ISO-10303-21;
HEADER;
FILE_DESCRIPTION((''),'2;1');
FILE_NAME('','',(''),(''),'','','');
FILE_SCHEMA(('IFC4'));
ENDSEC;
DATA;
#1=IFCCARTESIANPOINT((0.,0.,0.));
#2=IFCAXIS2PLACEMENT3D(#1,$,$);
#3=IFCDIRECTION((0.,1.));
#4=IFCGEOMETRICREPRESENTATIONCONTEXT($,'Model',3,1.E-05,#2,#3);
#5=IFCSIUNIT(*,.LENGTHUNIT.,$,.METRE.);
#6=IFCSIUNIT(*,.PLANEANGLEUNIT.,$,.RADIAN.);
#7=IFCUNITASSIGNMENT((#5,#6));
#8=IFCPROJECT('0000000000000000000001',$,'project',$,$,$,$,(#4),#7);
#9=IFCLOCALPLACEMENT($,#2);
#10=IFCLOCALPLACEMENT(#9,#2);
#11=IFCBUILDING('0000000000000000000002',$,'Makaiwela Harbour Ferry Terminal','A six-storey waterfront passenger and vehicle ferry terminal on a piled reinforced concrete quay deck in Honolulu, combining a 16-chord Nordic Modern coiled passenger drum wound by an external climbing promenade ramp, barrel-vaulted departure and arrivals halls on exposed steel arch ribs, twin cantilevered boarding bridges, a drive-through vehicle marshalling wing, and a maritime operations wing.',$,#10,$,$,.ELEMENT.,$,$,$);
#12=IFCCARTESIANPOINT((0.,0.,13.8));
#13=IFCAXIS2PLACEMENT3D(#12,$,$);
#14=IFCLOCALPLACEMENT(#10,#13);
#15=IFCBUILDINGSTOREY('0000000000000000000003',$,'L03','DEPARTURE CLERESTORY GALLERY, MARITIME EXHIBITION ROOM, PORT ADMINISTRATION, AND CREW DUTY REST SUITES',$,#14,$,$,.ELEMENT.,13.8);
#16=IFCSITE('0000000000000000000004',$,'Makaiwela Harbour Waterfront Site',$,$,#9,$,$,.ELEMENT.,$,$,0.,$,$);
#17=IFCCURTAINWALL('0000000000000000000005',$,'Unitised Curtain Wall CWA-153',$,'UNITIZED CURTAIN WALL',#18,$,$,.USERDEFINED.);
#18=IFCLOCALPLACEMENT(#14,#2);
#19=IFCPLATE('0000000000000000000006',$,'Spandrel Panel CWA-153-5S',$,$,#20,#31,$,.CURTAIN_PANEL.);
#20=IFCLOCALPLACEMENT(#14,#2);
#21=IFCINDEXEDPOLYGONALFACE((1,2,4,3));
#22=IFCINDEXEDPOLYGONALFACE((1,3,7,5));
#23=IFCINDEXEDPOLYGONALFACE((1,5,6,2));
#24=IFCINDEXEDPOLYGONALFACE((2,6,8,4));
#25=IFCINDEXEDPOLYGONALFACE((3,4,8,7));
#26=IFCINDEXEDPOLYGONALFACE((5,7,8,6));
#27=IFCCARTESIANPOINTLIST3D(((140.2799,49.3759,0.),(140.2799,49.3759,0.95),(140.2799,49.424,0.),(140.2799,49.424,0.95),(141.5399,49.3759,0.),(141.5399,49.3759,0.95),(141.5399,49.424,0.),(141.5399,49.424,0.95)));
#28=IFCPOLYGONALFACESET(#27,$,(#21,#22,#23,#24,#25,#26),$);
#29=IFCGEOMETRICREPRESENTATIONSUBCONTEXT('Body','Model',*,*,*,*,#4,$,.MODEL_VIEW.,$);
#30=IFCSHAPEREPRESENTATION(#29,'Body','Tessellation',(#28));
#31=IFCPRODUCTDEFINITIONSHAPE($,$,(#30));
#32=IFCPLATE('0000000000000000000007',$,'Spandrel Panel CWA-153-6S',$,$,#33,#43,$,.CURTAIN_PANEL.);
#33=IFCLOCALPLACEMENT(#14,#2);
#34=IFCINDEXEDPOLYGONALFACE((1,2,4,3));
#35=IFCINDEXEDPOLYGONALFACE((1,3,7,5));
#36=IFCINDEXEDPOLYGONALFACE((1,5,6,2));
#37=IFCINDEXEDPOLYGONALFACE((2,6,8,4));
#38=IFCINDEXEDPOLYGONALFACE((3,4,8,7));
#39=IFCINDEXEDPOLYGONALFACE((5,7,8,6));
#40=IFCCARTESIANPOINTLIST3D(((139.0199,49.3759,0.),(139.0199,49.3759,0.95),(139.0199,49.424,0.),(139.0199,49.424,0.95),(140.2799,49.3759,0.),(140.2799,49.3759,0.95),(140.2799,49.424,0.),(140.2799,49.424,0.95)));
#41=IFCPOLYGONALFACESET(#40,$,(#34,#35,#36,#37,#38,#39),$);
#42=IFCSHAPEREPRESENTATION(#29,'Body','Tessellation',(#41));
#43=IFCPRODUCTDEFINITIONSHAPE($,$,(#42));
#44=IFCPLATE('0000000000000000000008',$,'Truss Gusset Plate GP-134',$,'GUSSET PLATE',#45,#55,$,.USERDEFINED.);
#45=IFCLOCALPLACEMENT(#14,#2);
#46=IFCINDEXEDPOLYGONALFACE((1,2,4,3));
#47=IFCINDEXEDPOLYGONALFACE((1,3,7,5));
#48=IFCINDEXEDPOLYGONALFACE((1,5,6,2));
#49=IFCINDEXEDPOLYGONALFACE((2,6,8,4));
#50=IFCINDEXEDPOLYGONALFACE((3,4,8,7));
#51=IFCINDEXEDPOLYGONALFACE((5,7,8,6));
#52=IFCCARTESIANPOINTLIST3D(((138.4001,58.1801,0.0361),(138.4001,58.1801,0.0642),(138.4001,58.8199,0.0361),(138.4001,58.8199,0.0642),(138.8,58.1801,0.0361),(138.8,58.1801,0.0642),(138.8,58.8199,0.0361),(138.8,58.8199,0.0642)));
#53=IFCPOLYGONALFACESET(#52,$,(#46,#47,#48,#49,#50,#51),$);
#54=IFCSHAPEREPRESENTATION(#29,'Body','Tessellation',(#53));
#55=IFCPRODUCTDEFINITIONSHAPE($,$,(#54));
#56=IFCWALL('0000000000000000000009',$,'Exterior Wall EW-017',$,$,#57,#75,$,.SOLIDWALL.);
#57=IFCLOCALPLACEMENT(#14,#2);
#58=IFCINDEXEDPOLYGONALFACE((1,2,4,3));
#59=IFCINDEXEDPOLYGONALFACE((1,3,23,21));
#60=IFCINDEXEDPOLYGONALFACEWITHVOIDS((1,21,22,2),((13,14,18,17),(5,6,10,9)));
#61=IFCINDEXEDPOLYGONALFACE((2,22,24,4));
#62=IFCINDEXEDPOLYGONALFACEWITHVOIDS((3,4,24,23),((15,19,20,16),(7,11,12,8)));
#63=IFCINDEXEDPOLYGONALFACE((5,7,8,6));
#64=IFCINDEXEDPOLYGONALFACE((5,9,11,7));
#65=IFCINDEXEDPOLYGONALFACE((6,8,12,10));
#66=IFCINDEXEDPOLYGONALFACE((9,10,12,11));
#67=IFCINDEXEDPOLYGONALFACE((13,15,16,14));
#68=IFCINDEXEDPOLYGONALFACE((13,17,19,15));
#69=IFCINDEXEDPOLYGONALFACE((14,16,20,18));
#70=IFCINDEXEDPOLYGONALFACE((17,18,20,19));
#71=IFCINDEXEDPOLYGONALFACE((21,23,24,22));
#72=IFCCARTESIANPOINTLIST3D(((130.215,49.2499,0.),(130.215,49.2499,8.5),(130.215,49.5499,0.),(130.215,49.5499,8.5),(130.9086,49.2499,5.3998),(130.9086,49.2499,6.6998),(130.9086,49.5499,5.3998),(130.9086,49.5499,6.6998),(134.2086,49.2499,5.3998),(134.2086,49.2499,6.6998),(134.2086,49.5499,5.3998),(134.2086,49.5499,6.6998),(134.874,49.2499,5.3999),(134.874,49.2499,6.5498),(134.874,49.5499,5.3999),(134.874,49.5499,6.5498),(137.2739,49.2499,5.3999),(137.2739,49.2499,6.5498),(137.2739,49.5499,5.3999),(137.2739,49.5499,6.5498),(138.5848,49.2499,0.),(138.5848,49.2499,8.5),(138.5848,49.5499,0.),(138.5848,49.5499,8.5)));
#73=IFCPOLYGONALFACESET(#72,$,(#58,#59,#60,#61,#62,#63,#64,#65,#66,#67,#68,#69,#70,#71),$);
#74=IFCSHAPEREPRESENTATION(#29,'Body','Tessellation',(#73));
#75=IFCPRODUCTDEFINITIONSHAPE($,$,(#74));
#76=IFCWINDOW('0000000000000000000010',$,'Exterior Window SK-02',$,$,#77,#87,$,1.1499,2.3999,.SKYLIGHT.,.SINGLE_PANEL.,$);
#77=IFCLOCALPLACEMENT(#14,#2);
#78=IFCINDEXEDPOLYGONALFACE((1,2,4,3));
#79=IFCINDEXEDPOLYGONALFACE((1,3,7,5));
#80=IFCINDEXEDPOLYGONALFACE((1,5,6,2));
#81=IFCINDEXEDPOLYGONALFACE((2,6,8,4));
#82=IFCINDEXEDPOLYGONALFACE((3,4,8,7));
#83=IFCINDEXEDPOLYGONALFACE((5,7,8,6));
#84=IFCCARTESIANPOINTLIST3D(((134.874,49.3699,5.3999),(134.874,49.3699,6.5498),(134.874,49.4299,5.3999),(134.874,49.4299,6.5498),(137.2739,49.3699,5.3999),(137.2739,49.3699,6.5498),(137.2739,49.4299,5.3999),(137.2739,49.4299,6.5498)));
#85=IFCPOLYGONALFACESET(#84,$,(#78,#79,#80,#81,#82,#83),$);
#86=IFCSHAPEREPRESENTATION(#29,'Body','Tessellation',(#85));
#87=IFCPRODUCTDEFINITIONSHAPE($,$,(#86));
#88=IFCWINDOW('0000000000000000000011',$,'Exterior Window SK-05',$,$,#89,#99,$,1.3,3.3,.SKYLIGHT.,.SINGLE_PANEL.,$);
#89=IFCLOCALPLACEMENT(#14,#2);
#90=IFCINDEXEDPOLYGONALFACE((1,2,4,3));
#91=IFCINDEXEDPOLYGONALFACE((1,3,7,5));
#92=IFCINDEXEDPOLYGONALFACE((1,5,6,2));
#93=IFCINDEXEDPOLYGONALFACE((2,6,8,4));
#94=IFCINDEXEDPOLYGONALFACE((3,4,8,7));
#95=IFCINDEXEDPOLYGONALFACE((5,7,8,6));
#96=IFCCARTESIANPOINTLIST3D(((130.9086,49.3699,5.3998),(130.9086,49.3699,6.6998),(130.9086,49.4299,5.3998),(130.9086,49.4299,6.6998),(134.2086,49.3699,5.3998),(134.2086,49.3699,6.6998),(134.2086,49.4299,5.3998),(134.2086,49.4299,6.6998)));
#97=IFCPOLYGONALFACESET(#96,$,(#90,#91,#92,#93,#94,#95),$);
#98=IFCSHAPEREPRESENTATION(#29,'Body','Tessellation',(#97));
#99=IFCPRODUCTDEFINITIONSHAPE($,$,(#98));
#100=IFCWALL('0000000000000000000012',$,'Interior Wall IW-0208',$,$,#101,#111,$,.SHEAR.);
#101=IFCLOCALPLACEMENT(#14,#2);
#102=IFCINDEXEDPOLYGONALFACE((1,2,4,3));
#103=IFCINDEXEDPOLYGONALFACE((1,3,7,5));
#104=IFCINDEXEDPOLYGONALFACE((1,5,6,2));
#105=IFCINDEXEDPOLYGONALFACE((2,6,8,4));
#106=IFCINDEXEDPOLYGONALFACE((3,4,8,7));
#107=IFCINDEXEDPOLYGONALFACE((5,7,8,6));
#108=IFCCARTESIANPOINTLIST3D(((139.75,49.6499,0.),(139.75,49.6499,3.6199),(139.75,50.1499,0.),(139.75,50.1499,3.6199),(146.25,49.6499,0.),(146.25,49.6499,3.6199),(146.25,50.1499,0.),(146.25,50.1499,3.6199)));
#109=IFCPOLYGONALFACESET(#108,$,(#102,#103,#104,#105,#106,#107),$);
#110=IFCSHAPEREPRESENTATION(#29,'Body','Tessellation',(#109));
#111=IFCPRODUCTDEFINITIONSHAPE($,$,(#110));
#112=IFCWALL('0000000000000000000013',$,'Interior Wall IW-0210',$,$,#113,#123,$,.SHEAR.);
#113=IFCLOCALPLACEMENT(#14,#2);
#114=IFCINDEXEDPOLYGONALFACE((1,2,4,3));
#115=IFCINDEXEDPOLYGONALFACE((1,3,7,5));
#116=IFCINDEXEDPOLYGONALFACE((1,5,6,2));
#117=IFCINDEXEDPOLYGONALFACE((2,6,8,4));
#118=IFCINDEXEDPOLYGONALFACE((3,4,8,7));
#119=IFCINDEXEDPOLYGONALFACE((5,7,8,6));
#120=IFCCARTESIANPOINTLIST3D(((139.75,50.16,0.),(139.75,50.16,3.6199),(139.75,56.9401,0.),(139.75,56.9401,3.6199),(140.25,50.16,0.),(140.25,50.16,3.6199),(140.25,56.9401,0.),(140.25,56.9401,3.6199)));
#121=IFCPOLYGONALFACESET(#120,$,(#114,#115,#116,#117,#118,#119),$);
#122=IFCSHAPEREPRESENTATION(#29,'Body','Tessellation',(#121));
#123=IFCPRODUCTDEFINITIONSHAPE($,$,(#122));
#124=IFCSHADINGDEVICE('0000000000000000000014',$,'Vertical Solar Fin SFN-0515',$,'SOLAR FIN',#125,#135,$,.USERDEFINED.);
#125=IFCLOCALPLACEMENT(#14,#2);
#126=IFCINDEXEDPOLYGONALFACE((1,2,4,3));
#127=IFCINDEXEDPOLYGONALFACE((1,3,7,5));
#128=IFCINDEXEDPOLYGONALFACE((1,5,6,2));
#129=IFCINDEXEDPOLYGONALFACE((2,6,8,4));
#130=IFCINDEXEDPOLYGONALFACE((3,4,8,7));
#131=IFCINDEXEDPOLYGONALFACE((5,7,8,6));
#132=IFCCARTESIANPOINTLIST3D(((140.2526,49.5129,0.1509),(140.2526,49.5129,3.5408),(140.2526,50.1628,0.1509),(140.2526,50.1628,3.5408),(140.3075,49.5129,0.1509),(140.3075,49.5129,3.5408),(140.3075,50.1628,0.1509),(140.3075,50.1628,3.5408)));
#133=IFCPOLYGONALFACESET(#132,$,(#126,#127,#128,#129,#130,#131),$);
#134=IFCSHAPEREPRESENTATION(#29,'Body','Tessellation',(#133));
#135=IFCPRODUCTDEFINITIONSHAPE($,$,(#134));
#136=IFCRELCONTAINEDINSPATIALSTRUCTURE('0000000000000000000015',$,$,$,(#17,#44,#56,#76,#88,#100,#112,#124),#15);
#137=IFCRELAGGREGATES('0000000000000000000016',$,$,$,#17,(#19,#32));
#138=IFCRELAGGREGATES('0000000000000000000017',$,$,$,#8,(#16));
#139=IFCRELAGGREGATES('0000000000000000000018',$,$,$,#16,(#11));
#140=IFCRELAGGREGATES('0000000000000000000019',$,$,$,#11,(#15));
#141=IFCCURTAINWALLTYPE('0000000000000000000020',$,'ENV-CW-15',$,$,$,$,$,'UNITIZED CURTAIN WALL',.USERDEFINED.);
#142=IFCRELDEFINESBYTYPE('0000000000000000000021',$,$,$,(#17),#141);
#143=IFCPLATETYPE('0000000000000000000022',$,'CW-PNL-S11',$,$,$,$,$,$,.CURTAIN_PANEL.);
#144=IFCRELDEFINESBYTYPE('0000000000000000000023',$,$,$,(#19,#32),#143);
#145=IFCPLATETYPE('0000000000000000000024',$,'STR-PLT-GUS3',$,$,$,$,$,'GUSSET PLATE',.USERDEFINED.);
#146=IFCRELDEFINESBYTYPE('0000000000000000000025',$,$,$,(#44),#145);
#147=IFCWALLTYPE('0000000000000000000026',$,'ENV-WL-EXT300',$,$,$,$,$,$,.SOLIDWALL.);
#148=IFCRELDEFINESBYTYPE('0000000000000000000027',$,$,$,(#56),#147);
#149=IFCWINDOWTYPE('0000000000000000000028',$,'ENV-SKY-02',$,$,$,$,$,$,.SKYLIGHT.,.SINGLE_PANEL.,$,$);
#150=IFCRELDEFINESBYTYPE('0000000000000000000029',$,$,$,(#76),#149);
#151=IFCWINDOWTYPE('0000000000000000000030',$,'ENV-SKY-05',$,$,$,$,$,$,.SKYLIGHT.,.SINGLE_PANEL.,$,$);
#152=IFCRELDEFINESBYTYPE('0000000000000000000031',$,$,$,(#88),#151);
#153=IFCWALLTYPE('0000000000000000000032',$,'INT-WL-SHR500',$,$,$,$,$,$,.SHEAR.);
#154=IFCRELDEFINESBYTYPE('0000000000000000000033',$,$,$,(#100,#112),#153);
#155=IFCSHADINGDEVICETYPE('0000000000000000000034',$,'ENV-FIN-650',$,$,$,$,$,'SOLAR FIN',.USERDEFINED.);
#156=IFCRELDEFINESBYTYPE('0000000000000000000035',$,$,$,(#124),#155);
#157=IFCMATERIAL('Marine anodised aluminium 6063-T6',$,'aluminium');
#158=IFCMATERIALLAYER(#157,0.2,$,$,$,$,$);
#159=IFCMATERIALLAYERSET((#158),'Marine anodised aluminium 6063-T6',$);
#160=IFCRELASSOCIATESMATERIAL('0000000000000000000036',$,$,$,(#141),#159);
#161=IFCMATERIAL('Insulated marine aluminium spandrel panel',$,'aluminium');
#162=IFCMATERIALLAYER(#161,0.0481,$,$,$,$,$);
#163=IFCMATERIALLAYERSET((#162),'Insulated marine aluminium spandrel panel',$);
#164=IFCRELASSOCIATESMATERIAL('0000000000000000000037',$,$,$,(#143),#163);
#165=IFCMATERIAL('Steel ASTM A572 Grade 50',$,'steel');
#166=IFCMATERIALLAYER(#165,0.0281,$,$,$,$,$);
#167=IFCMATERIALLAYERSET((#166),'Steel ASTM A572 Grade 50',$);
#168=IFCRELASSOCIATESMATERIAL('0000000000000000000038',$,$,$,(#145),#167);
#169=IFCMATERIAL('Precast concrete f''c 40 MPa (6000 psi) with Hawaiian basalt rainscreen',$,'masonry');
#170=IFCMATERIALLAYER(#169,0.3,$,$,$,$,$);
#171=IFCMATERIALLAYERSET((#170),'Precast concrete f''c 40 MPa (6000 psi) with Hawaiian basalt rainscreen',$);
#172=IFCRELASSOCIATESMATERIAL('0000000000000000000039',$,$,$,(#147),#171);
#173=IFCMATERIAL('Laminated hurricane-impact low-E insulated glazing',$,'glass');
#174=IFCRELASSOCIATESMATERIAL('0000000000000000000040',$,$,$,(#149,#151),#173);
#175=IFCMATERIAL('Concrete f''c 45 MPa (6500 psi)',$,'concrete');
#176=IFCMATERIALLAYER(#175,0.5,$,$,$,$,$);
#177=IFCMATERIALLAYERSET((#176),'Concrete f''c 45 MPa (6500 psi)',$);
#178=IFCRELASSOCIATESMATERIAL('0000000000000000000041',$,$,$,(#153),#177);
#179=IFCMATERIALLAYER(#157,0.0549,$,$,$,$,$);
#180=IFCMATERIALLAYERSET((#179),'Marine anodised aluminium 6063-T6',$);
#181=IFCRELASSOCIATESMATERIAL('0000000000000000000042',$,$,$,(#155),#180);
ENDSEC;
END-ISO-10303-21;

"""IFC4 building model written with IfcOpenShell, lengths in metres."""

from ifc_helpers import new_model, si_unit, direction, frame, frame_2d, origin, origin_2d, place, context, subcontext, project, spatial, rectangle, extrude, material, layer, layer_set, type_object, element, fill, aggregate, save


model = new_model("IFC4")

# Units and contexts
model_context = context("Model", 3, precision=1e-05, world=origin(), true_north=direction((0.0, 1.0)))
body_context = subcontext(model_context, "Body", "Model", "MODEL_VIEW")
ifc_project = project(units=[si_unit("LENGTHUNIT", "METRE"), si_unit("PLANEANGLEUNIT", "RADIAN")], contexts=[model_context])

# Site, building, storey
site_placement = place(None, origin())
site = spatial("IfcSite", under=ifc_project, at=site_placement, Name="Makaiwela Harbour Waterfront Site", CompositionType="ELEMENT", RefElevation=0.0)
building_placement = place(site_placement, origin())
building = spatial("IfcBuilding", under=site, at=building_placement, Name="Makaiwela Harbour Ferry Terminal", Description="A six-storey waterfront passenger and vehicle ferry terminal on a piled reinforced concrete quay deck in Honolulu, combining a 16-chord Nordic Modern coiled passenger drum wound by an external climbing promenade ramp, barrel-vaulted departure and arrivals halls on exposed steel arch ribs, twin cantilevered boarding bridges, a drive-through vehicle marshalling wing, and a maritime operations wing.", CompositionType="ELEMENT")
storey_placement = place(building_placement, frame((0.0, 0.0, 13.8)))
storey = spatial("IfcBuildingStorey", under=building, at=storey_placement, Name="L03", Description="DEPARTURE CLERESTORY GALLERY, MARITIME EXHIBITION ROOM, PORT ADMINISTRATION, AND CREW DUTY REST SUITES", CompositionType="ELEMENT", Elevation=13.8)

# Curtain wall
ifc_material_1 = material(Name="Marine anodised aluminium 6063-T6", Category="aluminium")
ifc_layer_1 = layer(ifc_material_1, 0.2)
ifc_layer_set_1 = layer_set([ifc_layer_1], Name="Marine anodised aluminium 6063-T6")
curtain_wall_type = type_object("IfcCurtainWallType", Name="ENV-CW-15", ElementType="UNITIZED CURTAIN WALL", PredefinedType="USERDEFINED", material=ifc_layer_set_1)
curtain_wall_placement = place(storey_placement, origin())
curtain_wall = element("IfcCurtainWall", 1, at=curtain_wall_placement, inside=storey, type_object=curtain_wall_type, Name="Unitised Curtain Wall CWA-153", ObjectType="UNITIZED CURTAIN WALL", PredefinedType="USERDEFINED")

# Plates
ifc_material_2 = material(Name="Laminated hurricane-impact low-E insulated glazing", Category="glass")
ifc_material_3 = material(Name="Insulated marine aluminium spandrel panel", Category="aluminium")
ifc_layer_2 = layer(ifc_material_3, 0.0481)
ifc_layer_set_2 = layer_set([ifc_layer_2], Name="Insulated marine aluminium spandrel panel")
plate_type_1 = type_object("IfcPlateType", Name="CW-PNL-S11", PredefinedType="CURTAIN_PANEL", material=ifc_layer_set_2)
plate_1_placement = place(storey_placement, frame((140.9099, 49.3999, 0.0), z_axis=(0.0, 0.0, 1.0), x_axis=(-1.0, 0.0, 0.0)))
plate_1 = element("IfcPlate", 2, at=plate_1_placement, type_object=plate_type_1, Name="Spandrel Panel CWA-153-5S", PredefinedType="CURTAIN_PANEL", context=body_context, shape_type="SweptSolid", body=[
    extrude(rectangle(XDim=1.26, YDim=0.0481, at=origin_2d()), origin(), (0.0, 0.0, 1.0), 0.95),
])
plate_2_placement = place(storey_placement, frame((139.6499, 49.3999, 0.0), z_axis=(0.0, 0.0, 1.0), x_axis=(-1.0, 0.0, 0.0)))
plate_2 = element("IfcPlate", 3, at=plate_2_placement, type_object=plate_type_1, Name="Spandrel Panel CWA-153-6S", PredefinedType="CURTAIN_PANEL", context=body_context, shape_type="SweptSolid", body=[
    extrude(rectangle(XDim=1.26, YDim=0.0481, at=origin_2d()), origin(), (0.0, 0.0, 1.0), 0.95),
])
aggregate(curtain_wall, [plate_1, plate_2])
ifc_material_4 = material(Name="Steel ASTM A572 Grade 50", Category="steel")
ifc_layer_3 = layer(ifc_material_4, 0.0281)
ifc_layer_set_3 = layer_set([ifc_layer_3], Name="Steel ASTM A572 Grade 50")
plate_type_2 = type_object("IfcPlateType", Name="STR-PLT-GUS3", ElementType="GUSSET PLATE", PredefinedType="USERDEFINED", material=ifc_layer_set_3)
plate_3_placement = place(storey_placement, frame((138.6001, 58.5, 0.0361), z_axis=(0.0, 0.0, 1.0), x_axis=(0.0, 1.0, 0.0)))
element("IfcPlate", 4, at=plate_3_placement, inside=storey, type_object=plate_type_2, Name="Truss Gusset Plate GP-134", ObjectType="GUSSET PLATE", PredefinedType="USERDEFINED", context=body_context, shape_type="SweptSolid", body=[
    extrude(rectangle(XDim=0.6399, YDim=0.3999, at=origin_2d()), origin(), (0.0, 0.0, 1.0), 0.0281),
])

# Wall, openings, windows
ifc_material_5 = material(Name="Precast concrete f'c 40 MPa (6000 psi) with Hawaiian basalt rainscreen", Category="masonry")
ifc_layer_4 = layer(ifc_material_5, 0.3)
ifc_layer_set_4 = layer_set([ifc_layer_4], Name="Precast concrete f'c 40 MPa (6000 psi) with Hawaiian basalt rainscreen")
wall_type_1 = type_object("IfcWallType", Name="ENV-WL-EXT300", PredefinedType="SOLIDWALL", material=ifc_layer_set_4)
wall_1_placement = place(storey_placement, frame((138.585, 49.3999, 0.0), z_axis=(0.0, 0.0, 1.0), x_axis=(-1.0, 0.0, 0.0)))
wall_1 = element("IfcWall", 5, at=wall_1_placement, inside=storey, type_object=wall_type_1, Name="Exterior Wall EW-017", PredefinedType="SOLIDWALL", context=body_context, shape_type="SweptSolid", body=[
    extrude(rectangle(XDim=8.3699, YDim=0.3, at=frame_2d((4.1851, 0.0))), origin(), (0.0, 0.0, 1.0), 8.5),
])
opening_1_placement = place(wall_1_placement, frame((1.311, 0.0, 5.3999)))
opening_1 = element("IfcOpeningElement", 6, at=opening_1_placement, cuts=wall_1, PredefinedType="OPENING", context=body_context, shape_type="SweptSolid", body=[
    extrude(rectangle(XDim=2.3999, YDim=1.1499, at=frame_2d((1.2, 0.575))), frame((0.0, 0.1599, 0.0), z_axis=(0.0, -1.0, 0.0), x_axis=(1.0, 0.0, 0.0)), (0.0, 0.0, 1.0), 0.3201),
])
opening_2_placement = place(wall_1_placement, frame((4.3765, 0.0, 5.3999)))
opening_2 = element("IfcOpeningElement", 7, at=opening_2_placement, cuts=wall_1, PredefinedType="OPENING", context=body_context, shape_type="SweptSolid", body=[
    extrude(rectangle(XDim=3.3, YDim=1.3, at=frame_2d((1.6499, 0.6499))), frame((0.0, 0.1599, 0.0), z_axis=(0.0, -1.0, 0.0), x_axis=(1.0, 0.0, 0.0)), (0.0, 0.0, 1.0), 0.3201),
])
window_type_1 = type_object("IfcWindowType", Name="ENV-SKY-02", PartitioningType="SINGLE_PANEL", PredefinedType="SKYLIGHT", material=ifc_material_2)
window_1_placement = place(opening_1_placement, origin())
window_1 = element("IfcWindow", 8, at=window_1_placement, inside=storey, type_object=window_type_1, Name="Exterior Window SK-02", OverallHeight=1.1499, OverallWidth=2.3999, PartitioningType="SINGLE_PANEL", PredefinedType="SKYLIGHT", context=body_context, shape_type="SweptSolid", body=[
    extrude(rectangle(XDim=2.3999, YDim=1.1499, at=frame_2d((1.2, 0.575))), frame((0.0, 0.03, 0.0), z_axis=(0.0, -1.0, 0.0), x_axis=(1.0, 0.0, 0.0)), (0.0, 0.0, 1.0), 0.0601),
])
fill(opening_1, window_1)
window_type_2 = type_object("IfcWindowType", Name="ENV-SKY-05", PartitioningType="SINGLE_PANEL", PredefinedType="SKYLIGHT", material=ifc_material_2)
window_2_placement = place(opening_2_placement, origin())
window_2 = element("IfcWindow", 9, at=window_2_placement, inside=storey, type_object=window_type_2, Name="Exterior Window SK-05", OverallHeight=1.3, OverallWidth=3.3, PartitioningType="SINGLE_PANEL", PredefinedType="SKYLIGHT", context=body_context, shape_type="SweptSolid", body=[
    extrude(rectangle(XDim=3.3, YDim=1.3, at=frame_2d((1.6499, 0.6499))), frame((0.0, 0.03, 0.0), z_axis=(0.0, -1.0, 0.0), x_axis=(1.0, 0.0, 0.0)), (0.0, 0.0, 1.0), 0.0601),
])
fill(opening_2, window_2)

# Wall
ifc_material_6 = material(Name="Concrete f'c 45 MPa (6500 psi)", Category="concrete")
ifc_layer_5 = layer(ifc_material_6, 0.5)
ifc_layer_set_5 = layer_set([ifc_layer_5], Name="Concrete f'c 45 MPa (6500 psi)")
wall_type_2 = type_object("IfcWallType", Name="INT-WL-SHR500", PredefinedType="SHEAR", material=ifc_layer_set_5)
wall_2_placement = place(storey_placement, frame((139.75, 49.8999, 0.0), z_axis=(0.0, 0.0, 1.0), x_axis=(1.0, 0.0, 0.0)))
element("IfcWall", 10, at=wall_2_placement, inside=storey, type_object=wall_type_2, Name="Interior Wall IW-0208", PredefinedType="SHEAR", context=body_context, shape_type="SweptSolid", body=[
    extrude(rectangle(XDim=6.5, YDim=0.5, at=frame_2d((3.25, 0.0))), origin(), (0.0, 0.0, 1.0), 3.6199),
])

# Wall
wall_3_placement = place(storey_placement, frame((140.0, 50.1599, 0.0), z_axis=(0.0, 0.0, 1.0), x_axis=(0.0, 1.0, 0.0)))
element("IfcWall", 11, at=wall_3_placement, inside=storey, type_object=wall_type_2, Name="Interior Wall IW-0210", PredefinedType="SHEAR", context=body_context, shape_type="SweptSolid", body=[
    extrude(rectangle(XDim=6.78, YDim=0.5, at=frame_2d((3.3901, 0.0))), origin(), (0.0, 0.0, 1.0), 3.6199),
])

# Shading device
ifc_layer_6 = layer(ifc_material_1, 0.0549)
ifc_layer_set_6 = layer_set([ifc_layer_6], Name="Marine anodised aluminium 6063-T6")
shading_device_type = type_object("IfcShadingDeviceType", Name="ENV-FIN-650", ElementType="SOLAR FIN", PredefinedType="USERDEFINED", material=ifc_layer_set_6)
shading_device_placement = place(storey_placement, frame((140.28, 49.8379, 0.1509), z_axis=(0.0, 0.0, 1.0), x_axis=(0.0, 1.0, 0.0)))
element("IfcShadingDevice", 12, at=shading_device_placement, inside=storey, type_object=shading_device_type, Name="Vertical Solar Fin SFN-0515", ObjectType="SOLAR FIN", PredefinedType="USERDEFINED", context=body_context, shape_type="SweptSolid", body=[
    extrude(rectangle(XDim=0.6499, YDim=0.0549, at=origin_2d()), origin(), (0.0, 0.0, 1.0), 3.3899),
])

save(model, "model.ifc")
